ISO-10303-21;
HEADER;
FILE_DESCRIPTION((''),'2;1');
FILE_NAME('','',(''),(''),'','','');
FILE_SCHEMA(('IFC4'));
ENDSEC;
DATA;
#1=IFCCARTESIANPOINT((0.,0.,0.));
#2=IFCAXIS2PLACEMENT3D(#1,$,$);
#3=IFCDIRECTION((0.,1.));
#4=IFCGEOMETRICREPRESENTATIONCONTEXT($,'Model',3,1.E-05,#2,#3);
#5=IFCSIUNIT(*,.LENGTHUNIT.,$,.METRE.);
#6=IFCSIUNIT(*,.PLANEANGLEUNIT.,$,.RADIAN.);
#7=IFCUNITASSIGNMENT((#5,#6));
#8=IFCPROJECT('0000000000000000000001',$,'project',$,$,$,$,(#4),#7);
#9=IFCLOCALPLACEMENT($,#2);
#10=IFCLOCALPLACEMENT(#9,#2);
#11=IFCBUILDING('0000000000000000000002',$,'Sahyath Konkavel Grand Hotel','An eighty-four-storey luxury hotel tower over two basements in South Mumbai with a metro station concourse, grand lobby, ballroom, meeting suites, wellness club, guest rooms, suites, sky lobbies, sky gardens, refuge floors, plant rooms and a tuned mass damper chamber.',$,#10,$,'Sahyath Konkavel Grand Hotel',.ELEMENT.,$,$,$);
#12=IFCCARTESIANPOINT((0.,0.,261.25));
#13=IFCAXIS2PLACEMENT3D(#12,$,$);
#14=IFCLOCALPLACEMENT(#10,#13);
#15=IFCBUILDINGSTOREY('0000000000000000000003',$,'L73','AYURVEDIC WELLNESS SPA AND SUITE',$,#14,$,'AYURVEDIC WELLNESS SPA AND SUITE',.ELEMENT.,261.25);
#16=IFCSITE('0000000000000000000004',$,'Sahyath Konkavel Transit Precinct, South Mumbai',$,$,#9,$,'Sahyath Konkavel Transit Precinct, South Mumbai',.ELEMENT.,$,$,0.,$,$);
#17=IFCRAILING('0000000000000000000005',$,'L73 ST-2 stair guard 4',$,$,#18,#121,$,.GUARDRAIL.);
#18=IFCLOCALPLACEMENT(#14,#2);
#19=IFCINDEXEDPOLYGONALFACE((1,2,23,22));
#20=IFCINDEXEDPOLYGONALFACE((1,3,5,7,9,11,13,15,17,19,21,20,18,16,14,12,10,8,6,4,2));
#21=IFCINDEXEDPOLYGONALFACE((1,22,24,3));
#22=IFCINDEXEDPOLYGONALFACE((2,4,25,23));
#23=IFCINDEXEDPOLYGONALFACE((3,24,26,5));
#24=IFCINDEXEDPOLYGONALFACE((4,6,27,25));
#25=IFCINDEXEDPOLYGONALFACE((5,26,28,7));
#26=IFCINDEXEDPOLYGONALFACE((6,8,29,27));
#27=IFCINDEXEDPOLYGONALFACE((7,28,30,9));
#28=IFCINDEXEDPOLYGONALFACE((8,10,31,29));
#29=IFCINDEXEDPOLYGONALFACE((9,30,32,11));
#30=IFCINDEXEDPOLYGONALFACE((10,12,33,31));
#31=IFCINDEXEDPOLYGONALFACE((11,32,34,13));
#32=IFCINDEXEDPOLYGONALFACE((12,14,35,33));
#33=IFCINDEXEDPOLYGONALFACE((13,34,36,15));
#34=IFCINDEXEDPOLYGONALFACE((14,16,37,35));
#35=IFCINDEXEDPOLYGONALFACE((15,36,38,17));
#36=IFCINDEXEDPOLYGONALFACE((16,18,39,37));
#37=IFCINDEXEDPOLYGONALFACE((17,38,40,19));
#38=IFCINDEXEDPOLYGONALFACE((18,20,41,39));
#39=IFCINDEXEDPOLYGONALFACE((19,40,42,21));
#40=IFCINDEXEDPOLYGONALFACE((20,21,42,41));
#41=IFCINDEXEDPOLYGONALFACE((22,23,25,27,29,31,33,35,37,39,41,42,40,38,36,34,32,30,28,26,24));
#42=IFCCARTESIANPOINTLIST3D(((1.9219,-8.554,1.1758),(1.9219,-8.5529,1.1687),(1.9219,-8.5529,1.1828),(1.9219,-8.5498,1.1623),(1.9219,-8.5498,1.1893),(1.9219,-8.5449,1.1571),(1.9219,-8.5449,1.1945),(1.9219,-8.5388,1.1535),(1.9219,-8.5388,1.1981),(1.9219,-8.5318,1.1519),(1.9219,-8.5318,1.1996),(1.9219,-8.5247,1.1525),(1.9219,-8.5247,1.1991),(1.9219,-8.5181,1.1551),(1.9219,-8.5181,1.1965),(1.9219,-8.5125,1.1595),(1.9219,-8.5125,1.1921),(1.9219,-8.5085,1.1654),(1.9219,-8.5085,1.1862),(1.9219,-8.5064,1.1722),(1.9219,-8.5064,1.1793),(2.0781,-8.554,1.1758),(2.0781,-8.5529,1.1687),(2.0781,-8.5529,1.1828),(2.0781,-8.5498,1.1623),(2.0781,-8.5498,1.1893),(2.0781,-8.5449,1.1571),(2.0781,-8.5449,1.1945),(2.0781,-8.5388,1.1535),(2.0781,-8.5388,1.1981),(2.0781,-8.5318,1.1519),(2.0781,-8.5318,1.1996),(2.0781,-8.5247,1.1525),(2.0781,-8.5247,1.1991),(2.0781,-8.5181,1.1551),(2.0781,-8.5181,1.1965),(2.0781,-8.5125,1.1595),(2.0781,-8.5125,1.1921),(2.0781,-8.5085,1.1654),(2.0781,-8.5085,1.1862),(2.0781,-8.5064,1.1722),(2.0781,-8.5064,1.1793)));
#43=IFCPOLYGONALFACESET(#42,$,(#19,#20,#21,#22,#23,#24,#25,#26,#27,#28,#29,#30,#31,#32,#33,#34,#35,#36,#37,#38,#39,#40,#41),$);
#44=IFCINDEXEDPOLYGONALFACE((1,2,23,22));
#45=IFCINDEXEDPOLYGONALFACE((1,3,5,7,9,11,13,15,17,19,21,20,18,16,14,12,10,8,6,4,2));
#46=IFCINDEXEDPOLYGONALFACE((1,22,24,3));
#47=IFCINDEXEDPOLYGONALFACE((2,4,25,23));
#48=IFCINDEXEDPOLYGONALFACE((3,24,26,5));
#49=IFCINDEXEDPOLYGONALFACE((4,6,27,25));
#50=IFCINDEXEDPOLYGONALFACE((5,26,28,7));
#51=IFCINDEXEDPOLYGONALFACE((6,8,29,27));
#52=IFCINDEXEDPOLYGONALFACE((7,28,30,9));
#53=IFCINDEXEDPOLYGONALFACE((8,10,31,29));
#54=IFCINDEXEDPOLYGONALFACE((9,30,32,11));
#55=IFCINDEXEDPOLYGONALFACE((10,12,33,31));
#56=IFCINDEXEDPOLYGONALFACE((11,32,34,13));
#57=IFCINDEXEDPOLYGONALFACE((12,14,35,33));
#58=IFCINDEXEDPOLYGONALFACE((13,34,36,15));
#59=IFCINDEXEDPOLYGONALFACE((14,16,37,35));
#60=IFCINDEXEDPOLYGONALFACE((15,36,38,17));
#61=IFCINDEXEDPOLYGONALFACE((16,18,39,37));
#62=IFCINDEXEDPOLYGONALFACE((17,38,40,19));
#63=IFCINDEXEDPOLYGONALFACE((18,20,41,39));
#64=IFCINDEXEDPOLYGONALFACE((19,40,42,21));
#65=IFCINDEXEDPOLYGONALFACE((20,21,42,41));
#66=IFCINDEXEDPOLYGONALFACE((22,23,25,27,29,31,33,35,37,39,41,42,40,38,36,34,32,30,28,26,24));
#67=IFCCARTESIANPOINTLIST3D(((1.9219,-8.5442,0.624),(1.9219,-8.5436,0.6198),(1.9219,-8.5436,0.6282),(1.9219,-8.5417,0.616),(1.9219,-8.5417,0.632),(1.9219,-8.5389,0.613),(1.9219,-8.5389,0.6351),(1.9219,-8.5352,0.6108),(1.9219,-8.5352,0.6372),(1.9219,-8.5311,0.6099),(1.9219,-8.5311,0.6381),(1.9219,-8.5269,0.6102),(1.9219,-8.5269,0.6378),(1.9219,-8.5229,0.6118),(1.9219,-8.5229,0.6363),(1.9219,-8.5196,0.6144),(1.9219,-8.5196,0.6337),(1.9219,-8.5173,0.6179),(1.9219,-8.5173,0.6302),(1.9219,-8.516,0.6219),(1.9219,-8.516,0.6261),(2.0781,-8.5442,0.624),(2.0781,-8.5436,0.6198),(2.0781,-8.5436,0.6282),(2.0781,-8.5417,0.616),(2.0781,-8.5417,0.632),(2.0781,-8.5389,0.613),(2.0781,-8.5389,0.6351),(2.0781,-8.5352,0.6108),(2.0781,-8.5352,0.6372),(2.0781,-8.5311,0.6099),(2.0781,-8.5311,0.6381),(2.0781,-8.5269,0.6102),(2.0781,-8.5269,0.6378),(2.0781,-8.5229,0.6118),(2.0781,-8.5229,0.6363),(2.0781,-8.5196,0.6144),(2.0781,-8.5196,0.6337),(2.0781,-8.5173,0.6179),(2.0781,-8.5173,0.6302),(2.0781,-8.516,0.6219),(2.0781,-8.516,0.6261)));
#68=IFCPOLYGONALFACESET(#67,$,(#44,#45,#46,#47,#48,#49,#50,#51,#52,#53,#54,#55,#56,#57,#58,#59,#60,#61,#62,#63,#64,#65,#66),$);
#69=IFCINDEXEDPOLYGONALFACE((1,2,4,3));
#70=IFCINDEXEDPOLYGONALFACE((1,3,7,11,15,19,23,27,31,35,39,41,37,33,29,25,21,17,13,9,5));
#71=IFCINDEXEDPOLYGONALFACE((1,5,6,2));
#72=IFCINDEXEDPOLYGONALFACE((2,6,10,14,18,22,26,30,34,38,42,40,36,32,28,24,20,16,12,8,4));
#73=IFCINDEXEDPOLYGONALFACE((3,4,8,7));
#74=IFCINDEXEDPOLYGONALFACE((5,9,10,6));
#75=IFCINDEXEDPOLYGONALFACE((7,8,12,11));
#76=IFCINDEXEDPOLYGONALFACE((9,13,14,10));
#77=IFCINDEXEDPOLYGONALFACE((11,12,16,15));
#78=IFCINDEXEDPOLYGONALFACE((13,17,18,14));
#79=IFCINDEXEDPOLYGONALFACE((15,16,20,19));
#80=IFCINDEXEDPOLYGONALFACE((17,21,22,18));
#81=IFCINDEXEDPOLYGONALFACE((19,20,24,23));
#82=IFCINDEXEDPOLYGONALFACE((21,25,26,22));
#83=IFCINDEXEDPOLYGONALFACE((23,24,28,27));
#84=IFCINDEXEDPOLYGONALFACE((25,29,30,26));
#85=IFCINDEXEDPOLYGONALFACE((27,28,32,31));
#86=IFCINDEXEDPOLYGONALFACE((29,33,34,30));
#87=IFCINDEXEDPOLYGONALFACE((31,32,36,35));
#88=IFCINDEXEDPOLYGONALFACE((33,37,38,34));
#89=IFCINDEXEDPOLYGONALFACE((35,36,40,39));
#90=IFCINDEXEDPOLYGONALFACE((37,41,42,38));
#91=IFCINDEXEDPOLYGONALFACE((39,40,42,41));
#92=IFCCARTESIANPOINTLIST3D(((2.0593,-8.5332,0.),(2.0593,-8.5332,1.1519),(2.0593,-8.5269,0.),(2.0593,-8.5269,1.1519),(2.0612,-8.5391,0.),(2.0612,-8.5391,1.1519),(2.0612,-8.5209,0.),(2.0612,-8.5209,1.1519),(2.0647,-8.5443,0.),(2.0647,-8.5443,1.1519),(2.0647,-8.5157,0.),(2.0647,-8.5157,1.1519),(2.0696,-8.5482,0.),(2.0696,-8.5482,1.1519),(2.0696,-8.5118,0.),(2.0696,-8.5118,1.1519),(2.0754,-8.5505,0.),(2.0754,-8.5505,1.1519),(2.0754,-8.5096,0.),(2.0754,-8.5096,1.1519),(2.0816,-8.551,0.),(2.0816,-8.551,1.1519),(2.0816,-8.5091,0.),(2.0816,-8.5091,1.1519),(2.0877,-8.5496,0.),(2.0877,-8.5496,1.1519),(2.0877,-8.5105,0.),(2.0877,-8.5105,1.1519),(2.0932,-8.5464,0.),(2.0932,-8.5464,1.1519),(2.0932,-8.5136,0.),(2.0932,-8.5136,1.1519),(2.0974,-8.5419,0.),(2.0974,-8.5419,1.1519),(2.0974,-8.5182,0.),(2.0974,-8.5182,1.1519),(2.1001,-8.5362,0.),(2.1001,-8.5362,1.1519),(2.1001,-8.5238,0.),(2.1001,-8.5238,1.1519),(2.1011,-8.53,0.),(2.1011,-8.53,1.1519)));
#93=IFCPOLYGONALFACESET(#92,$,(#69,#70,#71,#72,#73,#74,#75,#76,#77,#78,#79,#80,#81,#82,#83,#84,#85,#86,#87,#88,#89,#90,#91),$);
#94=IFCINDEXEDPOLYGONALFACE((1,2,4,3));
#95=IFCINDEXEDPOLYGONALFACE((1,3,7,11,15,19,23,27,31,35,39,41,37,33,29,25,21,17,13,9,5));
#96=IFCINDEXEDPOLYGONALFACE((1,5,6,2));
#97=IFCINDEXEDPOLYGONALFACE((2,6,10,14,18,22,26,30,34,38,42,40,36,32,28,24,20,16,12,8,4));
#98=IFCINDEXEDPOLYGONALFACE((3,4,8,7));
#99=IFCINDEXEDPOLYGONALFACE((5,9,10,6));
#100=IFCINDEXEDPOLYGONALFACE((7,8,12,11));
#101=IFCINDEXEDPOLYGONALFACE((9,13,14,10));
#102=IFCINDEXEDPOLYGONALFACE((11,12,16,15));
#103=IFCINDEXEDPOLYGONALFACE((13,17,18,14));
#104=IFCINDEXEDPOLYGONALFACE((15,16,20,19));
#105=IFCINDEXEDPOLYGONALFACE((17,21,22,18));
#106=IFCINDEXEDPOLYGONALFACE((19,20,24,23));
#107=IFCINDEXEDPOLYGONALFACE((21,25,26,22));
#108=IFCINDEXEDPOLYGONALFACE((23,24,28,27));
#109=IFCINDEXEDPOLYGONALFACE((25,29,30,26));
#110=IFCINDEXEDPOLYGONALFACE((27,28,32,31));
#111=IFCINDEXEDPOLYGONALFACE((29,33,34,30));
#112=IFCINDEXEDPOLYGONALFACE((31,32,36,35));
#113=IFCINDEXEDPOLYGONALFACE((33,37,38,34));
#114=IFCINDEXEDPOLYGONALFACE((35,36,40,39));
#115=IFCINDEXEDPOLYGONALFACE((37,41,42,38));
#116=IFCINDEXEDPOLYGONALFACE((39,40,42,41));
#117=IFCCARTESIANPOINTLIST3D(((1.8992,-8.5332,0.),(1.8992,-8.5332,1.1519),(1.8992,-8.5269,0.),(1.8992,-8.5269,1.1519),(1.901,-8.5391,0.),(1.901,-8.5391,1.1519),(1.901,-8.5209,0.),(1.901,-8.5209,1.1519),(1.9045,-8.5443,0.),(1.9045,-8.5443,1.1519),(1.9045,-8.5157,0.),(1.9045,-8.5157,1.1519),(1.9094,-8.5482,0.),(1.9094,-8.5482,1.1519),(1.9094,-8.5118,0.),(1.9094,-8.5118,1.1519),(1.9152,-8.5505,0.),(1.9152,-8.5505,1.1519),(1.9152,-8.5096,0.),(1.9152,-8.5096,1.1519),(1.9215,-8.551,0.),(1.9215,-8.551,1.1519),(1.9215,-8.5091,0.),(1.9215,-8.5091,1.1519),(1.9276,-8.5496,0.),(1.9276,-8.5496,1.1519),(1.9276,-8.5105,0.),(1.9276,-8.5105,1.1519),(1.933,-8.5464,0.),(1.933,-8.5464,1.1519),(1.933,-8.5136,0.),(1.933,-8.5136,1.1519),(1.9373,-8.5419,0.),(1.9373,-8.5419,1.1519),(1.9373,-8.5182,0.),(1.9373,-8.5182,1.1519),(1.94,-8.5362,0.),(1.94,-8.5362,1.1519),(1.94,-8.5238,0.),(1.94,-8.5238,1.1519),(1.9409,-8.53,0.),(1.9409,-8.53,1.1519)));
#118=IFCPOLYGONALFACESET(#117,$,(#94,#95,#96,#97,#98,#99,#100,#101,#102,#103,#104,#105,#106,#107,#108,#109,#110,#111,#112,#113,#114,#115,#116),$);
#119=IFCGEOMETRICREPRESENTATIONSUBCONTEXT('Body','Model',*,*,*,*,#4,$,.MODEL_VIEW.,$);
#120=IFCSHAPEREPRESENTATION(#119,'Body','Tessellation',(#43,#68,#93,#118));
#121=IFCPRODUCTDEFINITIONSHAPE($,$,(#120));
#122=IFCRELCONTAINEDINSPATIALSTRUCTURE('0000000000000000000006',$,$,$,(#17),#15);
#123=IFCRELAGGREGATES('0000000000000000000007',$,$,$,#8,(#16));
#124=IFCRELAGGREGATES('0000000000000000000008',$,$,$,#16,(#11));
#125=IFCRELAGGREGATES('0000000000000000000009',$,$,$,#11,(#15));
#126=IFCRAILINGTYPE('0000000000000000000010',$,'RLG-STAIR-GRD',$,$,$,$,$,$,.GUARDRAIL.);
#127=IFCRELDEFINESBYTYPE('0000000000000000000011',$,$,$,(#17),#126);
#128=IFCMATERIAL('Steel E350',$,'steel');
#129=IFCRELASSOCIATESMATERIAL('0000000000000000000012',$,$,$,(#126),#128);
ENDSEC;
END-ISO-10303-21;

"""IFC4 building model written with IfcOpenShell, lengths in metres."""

from ifc_helpers import new_model, si_unit, direction, frame, origin, origin_2d, place, context, subcontext, project, spatial, circle, extrude, material, type_object, element, save


model = new_model("IFC4")

# Units and contexts
model_context = context("Model", 3, precision=1e-05, world=origin(), true_north=direction((0.0, 1.0)))
body_context = subcontext(model_context, "Body", "Model", "MODEL_VIEW")
ifc_project = project(units=[si_unit("LENGTHUNIT", "METRE"), si_unit("PLANEANGLEUNIT", "RADIAN")], contexts=[model_context])

# Site, building, storey
site_placement = place(None, origin())
site = spatial("IfcSite", under=ifc_project, at=site_placement, Name="Sahyath Konkavel Transit Precinct, South Mumbai", LongName="Sahyath Konkavel Transit Precinct, South Mumbai", CompositionType="ELEMENT", RefElevation=0.0)
building_placement = place(site_placement, origin())
building = spatial("IfcBuilding", under=site, at=building_placement, Name="Sahyath Konkavel Grand Hotel", Description="An eighty-four-storey luxury hotel tower over two basements in South Mumbai with a metro station concourse, grand lobby, ballroom, meeting suites, wellness club, guest rooms, suites, sky lobbies, sky gardens, refuge floors, plant rooms and a tuned mass damper chamber.", LongName="Sahyath Konkavel Grand Hotel", CompositionType="ELEMENT")
storey_placement = place(building_placement, frame((0.0, 0.0, 261.25)))
storey = spatial("IfcBuildingStorey", under=building, at=storey_placement, Name="L73", Description="AYURVEDIC WELLNESS SPA AND SUITE", LongName="AYURVEDIC WELLNESS SPA AND SUITE", CompositionType="ELEMENT", Elevation=261.25)

# Shared definitions
ifc_material_1 = material(Name="Steel E350", Category="steel")

# Railing
railing_type_1 = type_object("IfcRailingType", Name="RLG-STAIR-GRD", PredefinedType="GUARDRAIL", material=ifc_material_1)
railing_1_placement = place(storey_placement, frame((2.0801, -8.53, 0.0)))
element("IfcRailing", 1, at=railing_1_placement, inside=storey, type_object=railing_type_1, Name="L73 ST-2 stair guard 4", PredefinedType="GUARDRAIL", context=body_context, shape_type="SweptSolid", body=[
    extrude(circle(Radius=0.0239, at=origin_2d()), frame((-0.002, 0.0, 1.1758), z_axis=(-1.0, 0.0, 0.0), x_axis=(0.0, -1.0, 0.0)), (0.0, 0.0, 1.0), 0.1562),
    extrude(circle(Radius=0.0142, at=origin_2d()), frame((-0.002, 0.0, 0.624), z_axis=(-1.0, 0.0, 0.0), x_axis=(0.0, -1.0, 0.0)), (0.0, 0.0, 1.0), 0.1562),
    extrude(circle(Radius=0.021, at=origin_2d()), origin(), (0.0, 0.0, 1.0), 1.1519),
    extrude(circle(Radius=0.021, at=origin_2d()), frame((-0.1602, 0.0, 0.0)), (0.0, 0.0, 1.0), 1.1519),
])

save(model, "model.ifc")
